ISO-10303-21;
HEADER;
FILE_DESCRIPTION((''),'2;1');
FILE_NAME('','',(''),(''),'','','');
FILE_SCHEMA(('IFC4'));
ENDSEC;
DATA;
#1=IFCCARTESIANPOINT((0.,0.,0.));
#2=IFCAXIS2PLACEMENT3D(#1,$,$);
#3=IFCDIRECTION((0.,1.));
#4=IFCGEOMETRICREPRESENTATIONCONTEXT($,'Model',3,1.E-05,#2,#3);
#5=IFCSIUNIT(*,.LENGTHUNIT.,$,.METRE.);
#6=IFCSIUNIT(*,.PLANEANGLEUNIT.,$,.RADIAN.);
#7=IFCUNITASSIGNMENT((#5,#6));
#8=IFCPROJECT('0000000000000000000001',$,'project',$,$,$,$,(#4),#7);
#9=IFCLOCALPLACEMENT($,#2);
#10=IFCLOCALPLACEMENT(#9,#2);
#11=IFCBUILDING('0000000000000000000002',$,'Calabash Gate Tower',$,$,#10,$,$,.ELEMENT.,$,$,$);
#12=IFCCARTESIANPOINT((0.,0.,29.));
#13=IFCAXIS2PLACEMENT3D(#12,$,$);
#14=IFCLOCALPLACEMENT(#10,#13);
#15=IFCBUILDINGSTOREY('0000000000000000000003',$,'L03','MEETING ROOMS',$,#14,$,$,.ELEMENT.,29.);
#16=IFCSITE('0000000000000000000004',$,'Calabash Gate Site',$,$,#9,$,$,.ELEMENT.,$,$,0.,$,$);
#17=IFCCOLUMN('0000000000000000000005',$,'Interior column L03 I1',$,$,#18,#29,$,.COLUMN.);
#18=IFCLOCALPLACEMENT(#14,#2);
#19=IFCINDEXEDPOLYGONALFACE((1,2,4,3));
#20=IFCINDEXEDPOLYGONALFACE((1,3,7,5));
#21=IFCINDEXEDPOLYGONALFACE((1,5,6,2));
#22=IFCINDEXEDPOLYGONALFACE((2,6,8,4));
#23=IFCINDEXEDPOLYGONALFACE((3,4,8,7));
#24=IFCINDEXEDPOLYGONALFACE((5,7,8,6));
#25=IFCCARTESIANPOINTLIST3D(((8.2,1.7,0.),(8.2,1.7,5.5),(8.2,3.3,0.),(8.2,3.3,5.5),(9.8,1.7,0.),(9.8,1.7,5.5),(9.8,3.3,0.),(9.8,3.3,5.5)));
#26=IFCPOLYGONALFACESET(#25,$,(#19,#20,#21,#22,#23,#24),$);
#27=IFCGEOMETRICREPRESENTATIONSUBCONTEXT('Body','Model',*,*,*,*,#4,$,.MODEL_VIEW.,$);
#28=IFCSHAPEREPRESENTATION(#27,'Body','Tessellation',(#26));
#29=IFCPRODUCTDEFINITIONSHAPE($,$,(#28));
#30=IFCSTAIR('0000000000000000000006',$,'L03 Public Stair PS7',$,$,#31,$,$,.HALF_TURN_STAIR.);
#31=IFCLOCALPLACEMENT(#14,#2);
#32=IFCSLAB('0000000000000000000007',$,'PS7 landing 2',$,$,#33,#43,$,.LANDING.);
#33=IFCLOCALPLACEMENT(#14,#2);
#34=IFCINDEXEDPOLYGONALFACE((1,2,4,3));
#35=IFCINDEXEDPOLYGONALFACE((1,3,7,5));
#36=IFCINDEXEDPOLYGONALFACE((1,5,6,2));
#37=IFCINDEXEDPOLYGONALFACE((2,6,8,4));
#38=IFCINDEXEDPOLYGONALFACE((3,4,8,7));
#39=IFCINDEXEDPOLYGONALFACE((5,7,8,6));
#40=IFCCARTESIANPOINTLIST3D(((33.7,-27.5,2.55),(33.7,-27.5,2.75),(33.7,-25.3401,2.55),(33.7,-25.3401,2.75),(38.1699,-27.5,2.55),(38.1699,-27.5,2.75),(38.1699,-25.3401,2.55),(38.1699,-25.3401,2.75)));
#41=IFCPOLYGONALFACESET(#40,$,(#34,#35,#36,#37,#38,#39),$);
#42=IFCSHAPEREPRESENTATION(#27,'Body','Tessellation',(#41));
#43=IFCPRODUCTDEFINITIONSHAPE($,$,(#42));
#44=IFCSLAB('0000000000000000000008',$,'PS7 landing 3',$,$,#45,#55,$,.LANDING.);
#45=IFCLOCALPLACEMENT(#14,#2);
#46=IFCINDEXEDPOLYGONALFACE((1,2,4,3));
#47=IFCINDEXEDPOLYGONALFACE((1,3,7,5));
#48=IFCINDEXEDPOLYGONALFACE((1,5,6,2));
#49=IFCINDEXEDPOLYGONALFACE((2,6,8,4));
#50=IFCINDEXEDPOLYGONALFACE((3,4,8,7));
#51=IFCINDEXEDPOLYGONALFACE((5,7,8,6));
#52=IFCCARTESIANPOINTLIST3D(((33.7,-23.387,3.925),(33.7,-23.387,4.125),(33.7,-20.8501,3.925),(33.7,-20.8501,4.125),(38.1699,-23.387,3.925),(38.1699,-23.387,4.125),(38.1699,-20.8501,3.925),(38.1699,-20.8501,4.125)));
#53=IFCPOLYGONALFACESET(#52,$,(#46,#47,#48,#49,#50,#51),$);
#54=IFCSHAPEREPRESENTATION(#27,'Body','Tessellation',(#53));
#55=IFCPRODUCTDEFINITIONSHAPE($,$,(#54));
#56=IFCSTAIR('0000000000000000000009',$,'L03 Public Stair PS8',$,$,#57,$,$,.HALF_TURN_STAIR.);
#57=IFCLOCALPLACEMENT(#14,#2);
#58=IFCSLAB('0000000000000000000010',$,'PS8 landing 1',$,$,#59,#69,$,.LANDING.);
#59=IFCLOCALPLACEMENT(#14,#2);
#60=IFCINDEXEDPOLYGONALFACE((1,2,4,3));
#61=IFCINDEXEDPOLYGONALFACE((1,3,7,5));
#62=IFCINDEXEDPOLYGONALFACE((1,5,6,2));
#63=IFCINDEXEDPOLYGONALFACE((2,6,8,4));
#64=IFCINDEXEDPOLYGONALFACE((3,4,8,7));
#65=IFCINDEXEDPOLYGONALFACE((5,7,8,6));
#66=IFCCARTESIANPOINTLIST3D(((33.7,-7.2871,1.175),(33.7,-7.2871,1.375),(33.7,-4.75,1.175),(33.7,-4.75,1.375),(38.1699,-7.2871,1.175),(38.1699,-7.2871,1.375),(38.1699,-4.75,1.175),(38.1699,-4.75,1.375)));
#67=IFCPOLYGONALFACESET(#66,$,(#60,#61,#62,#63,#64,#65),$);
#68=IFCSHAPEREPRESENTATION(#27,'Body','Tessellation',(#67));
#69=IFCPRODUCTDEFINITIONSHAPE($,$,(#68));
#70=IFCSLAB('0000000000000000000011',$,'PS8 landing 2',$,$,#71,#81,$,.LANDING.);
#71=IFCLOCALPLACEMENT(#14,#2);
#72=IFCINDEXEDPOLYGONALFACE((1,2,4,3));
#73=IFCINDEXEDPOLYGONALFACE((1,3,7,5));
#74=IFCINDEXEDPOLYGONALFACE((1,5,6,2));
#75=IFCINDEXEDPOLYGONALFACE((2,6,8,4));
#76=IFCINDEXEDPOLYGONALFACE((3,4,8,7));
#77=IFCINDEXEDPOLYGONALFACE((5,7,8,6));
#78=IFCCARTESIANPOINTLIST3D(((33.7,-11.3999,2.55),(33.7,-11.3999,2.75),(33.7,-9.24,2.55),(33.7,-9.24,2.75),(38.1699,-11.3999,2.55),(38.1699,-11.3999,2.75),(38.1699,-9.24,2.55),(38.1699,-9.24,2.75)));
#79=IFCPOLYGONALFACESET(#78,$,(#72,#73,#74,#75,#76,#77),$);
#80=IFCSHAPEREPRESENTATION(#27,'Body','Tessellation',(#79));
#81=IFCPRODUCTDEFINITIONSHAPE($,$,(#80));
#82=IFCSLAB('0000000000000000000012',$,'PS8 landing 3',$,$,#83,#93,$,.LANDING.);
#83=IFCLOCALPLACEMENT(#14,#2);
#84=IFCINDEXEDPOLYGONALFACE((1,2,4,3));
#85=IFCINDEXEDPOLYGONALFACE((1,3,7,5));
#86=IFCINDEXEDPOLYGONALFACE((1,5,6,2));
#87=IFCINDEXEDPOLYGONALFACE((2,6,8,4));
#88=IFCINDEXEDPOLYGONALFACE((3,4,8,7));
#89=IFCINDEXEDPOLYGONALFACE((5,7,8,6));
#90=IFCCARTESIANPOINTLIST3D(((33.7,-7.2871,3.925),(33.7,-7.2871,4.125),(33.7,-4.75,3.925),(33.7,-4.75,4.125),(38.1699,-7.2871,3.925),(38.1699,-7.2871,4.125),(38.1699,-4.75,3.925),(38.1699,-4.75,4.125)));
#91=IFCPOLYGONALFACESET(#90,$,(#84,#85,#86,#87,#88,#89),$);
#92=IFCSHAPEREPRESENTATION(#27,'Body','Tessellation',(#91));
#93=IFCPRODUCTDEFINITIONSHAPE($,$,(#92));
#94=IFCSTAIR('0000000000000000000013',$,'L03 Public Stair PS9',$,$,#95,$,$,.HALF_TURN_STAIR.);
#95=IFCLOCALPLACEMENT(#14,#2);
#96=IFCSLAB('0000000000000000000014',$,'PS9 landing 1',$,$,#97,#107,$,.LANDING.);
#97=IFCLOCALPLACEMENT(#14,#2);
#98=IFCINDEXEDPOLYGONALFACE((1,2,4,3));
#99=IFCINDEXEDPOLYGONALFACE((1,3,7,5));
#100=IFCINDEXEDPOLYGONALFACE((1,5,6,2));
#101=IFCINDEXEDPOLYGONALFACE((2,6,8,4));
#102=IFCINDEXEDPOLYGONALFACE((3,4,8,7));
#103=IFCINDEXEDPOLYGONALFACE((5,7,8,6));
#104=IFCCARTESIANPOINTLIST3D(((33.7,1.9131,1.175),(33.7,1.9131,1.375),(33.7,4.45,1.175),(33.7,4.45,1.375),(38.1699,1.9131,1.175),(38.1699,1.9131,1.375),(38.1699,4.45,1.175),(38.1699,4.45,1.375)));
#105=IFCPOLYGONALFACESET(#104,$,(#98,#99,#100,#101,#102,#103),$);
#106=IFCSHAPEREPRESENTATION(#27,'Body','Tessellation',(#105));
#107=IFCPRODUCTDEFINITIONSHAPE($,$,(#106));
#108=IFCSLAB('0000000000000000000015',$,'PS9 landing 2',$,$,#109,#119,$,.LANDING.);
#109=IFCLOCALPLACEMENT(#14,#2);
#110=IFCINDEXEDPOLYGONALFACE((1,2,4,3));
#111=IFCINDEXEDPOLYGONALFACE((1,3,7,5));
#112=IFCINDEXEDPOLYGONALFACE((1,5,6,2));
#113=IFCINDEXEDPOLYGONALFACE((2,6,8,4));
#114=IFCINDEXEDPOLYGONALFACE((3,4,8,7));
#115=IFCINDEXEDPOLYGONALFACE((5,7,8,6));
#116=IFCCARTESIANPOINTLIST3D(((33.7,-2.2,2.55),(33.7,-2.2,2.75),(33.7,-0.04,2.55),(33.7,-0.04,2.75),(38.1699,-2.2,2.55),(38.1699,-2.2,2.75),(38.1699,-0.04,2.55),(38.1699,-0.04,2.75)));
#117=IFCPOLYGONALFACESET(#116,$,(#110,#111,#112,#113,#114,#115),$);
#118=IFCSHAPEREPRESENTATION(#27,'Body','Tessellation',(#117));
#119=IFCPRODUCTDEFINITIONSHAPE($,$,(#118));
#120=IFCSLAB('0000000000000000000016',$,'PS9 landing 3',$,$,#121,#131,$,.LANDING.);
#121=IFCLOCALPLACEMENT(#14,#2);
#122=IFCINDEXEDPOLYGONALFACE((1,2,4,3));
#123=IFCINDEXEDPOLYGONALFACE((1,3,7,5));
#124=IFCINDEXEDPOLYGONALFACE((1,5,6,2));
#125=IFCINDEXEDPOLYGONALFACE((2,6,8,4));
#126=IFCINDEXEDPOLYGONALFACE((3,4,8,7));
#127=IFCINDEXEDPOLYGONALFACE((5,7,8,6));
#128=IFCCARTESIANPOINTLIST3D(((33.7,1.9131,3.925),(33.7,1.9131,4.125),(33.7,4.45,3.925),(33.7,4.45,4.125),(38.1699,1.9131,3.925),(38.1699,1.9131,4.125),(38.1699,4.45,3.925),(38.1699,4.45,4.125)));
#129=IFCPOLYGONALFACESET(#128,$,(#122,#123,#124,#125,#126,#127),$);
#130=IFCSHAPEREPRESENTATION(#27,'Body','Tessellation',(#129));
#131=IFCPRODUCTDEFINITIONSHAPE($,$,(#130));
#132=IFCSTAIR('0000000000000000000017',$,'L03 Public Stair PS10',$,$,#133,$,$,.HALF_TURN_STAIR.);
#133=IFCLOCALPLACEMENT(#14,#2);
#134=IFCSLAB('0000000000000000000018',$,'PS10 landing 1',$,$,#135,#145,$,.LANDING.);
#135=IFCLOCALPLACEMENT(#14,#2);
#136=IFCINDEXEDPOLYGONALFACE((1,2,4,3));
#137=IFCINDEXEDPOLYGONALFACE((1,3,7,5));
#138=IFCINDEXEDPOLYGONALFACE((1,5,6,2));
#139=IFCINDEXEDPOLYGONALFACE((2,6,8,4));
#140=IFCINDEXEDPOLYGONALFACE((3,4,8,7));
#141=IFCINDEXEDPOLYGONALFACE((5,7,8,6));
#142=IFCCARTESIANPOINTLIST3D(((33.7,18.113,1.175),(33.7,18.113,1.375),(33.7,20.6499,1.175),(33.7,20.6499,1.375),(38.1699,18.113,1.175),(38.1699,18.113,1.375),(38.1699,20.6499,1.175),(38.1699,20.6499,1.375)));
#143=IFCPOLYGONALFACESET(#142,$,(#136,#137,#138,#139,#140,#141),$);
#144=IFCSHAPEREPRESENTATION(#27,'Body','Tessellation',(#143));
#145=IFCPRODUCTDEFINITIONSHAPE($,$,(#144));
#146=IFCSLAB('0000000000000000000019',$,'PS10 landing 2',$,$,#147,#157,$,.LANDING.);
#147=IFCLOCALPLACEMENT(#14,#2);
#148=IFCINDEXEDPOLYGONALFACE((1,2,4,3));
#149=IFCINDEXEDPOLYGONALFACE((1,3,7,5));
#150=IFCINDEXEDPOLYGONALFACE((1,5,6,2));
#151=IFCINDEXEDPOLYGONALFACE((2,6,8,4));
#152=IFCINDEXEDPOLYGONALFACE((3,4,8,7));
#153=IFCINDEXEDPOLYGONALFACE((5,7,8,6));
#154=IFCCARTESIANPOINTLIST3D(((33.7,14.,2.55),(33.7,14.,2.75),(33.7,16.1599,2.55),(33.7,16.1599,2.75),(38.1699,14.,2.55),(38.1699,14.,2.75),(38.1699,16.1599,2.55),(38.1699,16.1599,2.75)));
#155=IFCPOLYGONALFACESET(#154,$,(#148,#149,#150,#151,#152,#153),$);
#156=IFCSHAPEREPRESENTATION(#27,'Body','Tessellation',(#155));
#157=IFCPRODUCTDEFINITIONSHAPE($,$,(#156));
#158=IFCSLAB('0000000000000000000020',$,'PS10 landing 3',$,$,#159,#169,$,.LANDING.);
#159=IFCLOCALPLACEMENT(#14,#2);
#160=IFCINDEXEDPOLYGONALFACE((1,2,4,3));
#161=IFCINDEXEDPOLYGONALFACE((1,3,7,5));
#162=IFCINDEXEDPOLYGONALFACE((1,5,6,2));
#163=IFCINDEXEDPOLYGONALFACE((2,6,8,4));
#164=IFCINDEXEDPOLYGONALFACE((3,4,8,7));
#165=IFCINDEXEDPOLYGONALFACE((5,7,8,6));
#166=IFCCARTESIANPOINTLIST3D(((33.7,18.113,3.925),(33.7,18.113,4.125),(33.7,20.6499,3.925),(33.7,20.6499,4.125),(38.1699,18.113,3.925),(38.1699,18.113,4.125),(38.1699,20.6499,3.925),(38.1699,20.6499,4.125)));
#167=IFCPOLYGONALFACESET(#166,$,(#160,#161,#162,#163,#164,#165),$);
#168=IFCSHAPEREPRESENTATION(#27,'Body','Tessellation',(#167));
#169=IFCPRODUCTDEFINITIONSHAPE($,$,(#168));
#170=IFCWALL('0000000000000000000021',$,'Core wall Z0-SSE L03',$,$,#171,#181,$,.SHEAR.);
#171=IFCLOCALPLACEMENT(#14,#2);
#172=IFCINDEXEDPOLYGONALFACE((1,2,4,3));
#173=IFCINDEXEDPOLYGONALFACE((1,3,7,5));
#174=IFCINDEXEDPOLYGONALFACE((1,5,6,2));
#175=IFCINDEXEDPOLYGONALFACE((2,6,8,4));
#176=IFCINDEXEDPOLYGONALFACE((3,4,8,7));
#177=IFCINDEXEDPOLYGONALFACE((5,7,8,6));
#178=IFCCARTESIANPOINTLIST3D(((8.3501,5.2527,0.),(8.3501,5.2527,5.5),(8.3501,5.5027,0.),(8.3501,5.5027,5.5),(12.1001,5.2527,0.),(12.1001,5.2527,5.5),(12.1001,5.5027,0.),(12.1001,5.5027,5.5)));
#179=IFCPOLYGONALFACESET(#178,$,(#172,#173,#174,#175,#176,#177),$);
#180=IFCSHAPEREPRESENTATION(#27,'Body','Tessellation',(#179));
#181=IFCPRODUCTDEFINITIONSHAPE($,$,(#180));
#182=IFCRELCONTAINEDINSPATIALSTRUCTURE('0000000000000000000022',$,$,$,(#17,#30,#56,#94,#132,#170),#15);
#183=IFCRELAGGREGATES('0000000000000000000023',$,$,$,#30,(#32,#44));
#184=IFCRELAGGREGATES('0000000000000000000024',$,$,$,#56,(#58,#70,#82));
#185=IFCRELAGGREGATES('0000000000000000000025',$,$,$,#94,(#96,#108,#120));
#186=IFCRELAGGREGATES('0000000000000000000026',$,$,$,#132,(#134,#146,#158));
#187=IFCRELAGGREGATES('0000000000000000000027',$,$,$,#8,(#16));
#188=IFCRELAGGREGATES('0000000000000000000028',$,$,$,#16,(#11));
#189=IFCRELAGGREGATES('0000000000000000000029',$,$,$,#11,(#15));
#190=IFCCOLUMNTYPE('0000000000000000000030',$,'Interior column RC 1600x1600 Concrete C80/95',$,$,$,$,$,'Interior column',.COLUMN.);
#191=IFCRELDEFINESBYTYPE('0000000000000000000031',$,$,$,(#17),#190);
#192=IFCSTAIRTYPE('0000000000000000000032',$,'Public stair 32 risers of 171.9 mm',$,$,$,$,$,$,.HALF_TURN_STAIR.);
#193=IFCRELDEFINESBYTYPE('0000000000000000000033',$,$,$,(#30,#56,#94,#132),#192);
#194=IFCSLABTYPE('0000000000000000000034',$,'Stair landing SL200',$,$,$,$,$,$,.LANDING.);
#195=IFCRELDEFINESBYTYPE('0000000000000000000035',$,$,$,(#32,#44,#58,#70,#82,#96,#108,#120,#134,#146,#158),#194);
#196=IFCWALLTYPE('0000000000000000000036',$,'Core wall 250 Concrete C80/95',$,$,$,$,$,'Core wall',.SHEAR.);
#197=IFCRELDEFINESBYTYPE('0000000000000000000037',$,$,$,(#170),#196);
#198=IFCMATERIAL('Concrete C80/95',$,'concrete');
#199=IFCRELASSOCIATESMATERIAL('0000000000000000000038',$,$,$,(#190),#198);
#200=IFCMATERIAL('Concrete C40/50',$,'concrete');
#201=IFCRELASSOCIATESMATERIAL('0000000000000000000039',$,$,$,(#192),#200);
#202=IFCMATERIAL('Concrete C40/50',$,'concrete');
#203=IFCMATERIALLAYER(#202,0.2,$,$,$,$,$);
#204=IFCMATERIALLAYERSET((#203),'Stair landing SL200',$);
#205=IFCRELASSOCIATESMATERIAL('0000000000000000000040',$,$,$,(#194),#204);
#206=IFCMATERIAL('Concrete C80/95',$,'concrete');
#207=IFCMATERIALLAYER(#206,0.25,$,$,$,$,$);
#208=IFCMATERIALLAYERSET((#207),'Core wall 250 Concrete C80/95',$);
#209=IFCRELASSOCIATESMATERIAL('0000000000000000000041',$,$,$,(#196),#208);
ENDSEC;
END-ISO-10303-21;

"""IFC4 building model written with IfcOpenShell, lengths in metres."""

from ifc_helpers import new_model, si_unit, direction, frame, frame_2d, origin, origin_2d, place, context, subcontext, project, spatial, polyline, rectangle, outline, extrude, material, layer, layer_set, material_profile, profile_set, type_object, element, aggregate, save


model = new_model("IFC4")

# Units and contexts
model_context = context("Model", 3, precision=1e-05, world=origin(), true_north=direction((0.0, 1.0)))
body_context = subcontext(model_context, "Body", "Model", "MODEL_VIEW")
ifc_project = project(units=[si_unit("LENGTHUNIT", "METRE"), si_unit("PLANEANGLEUNIT", "RADIAN")], contexts=[model_context])

# Site, building, storey
site_placement = place(None, origin())
site = spatial("IfcSite", under=ifc_project, at=site_placement, Name="Calabash Gate Site", CompositionType="ELEMENT", RefElevation=0.0)
building_placement = place(site_placement, origin())
building = spatial("IfcBuilding", under=site, at=building_placement, Name="Calabash Gate Tower", CompositionType="ELEMENT")
storey_placement = place(building_placement, frame((0.0, 0.0, 29.0)))
storey = spatial("IfcBuildingStorey", under=building, at=storey_placement, Name="L03", Description="MEETING ROOMS", CompositionType="ELEMENT", Elevation=29.0)

# Column
ifc_material_1 = material(Name="Concrete C80/95", Category="concrete")
ifc_material_profile = material_profile(ifc_material_1, rectangle(XDim=1.6001, YDim=1.6001, at=origin_2d()))
ifc_profile_set = profile_set([ifc_material_profile], Name="Concrete C80/95")
column_type = type_object("IfcColumnType", Name="Interior column RC 1600x1600 Concrete C80/95", ElementType="Interior column", PredefinedType="COLUMN", material=ifc_profile_set)
column_placement = place(storey_placement, frame((9.0, 2.5, 0.0), z_axis=(0.0, 0.0, 1.0), x_axis=(1.0, 0.0, 0.0)))
element("IfcColumn", 1, at=column_placement, inside=storey, type_object=column_type, Name="Interior column L03 I1", PredefinedType="COLUMN", context=body_context, shape_type="SweptSolid", body=[
    extrude(rectangle(XDim=1.6001, YDim=1.6001, at=origin_2d()), origin(), (0.0, 0.0, 1.0), 5.5),
])

# Stairs, slabs
ifc_material_2 = material(Name="Concrete C40/50", Category="concrete")
stair_type = type_object("IfcStairType", Name="Public stair 32 risers of 171.9 mm", PredefinedType="HALF_TURN_STAIR", material=ifc_material_2)
stair_1_placement = place(storey_placement, origin())
stair_1 = element("IfcStair", 2, at=stair_1_placement, inside=storey, type_object=stair_type, Name="L03 Public Stair PS7", PredefinedType="HALF_TURN_STAIR")
ifc_material_3 = material(Name="Concrete C40/50", Category="concrete")
ifc_layer_1 = layer(ifc_material_3, 0.2)
ifc_layer_set_1 = layer_set([ifc_layer_1], Name="Stair landing SL200")
slab_type = type_object("IfcSlabType", Name="Stair landing SL200", PredefinedType="LANDING", material=ifc_layer_set_1)
slab_1_placement = place(storey_placement, frame((0.0, 0.0, 2.55)))
slab_1 = element("IfcSlab", 3, at=slab_1_placement, type_object=slab_type, Name="PS7 landing 2", PredefinedType="LANDING", context=body_context, shape_type="SweptSolid", body=[
    extrude(outline(polyline([(38.1699, -27.5), (38.1699, -25.3401), (33.7, -25.3401), (33.7, -27.5), (38.1699, -27.5)])), origin(), (0.0, 0.0, 1.0), 0.2),
])
slab_2_placement = place(storey_placement, frame((0.0, 0.0, 3.925)))
slab_2 = element("IfcSlab", 4, at=slab_2_placement, type_object=slab_type, Name="PS7 landing 3", PredefinedType="LANDING", context=body_context, shape_type="SweptSolid", body=[
    extrude(outline(polyline([(38.1699, -23.387), (38.1699, -20.8501), (33.7, -20.8501), (33.7, -23.387), (38.1699, -23.387)])), origin(), (0.0, 0.0, 1.0), 0.2),
])
aggregate(stair_1, [slab_1, slab_2])
stair_2_placement = place(storey_placement, origin())
stair_2 = element("IfcStair", 5, at=stair_2_placement, inside=storey, type_object=stair_type, Name="L03 Public Stair PS8", PredefinedType="HALF_TURN_STAIR")
slab_3_placement = place(storey_placement, frame((0.0, 0.0, 1.175)))
slab_3 = element("IfcSlab", 6, at=slab_3_placement, type_object=slab_type, Name="PS8 landing 1", PredefinedType="LANDING", context=body_context, shape_type="SweptSolid", body=[
    extrude(outline(polyline([(38.1699, -7.2871), (38.1699, -4.75), (33.7, -4.75), (33.7, -7.2871), (38.1699, -7.2871)])), origin(), (0.0, 0.0, 1.0), 0.2),
])
slab_4_placement = place(storey_placement, frame((0.0, 0.0, 2.55)))
slab_4 = element("IfcSlab", 7, at=slab_4_placement, type_object=slab_type, Name="PS8 landing 2", PredefinedType="LANDING", context=body_context, shape_type="SweptSolid", body=[
    extrude(outline(polyline([(38.1699, -11.3999), (38.1699, -9.24), (33.7, -9.24), (33.7, -11.3999), (38.1699, -11.3999)])), origin(), (0.0, 0.0, 1.0), 0.2),
])
slab_5_placement = place(storey_placement, frame((0.0, 0.0, 3.925)))
slab_5 = element("IfcSlab", 8, at=slab_5_placement, type_object=slab_type, Name="PS8 landing 3", PredefinedType="LANDING", context=body_context, shape_type="SweptSolid", body=[
    extrude(outline(polyline([(38.1699, -7.2871), (38.1699, -4.75), (33.7, -4.75), (33.7, -7.2871), (38.1699, -7.2871)])), origin(), (0.0, 0.0, 1.0), 0.2),
])
aggregate(stair_2, [slab_3, slab_4, slab_5])
stair_3_placement = place(storey_placement, origin())
stair_3 = element("IfcStair", 9, at=stair_3_placement, inside=storey, type_object=stair_type, Name="L03 Public Stair PS9", PredefinedType="HALF_TURN_STAIR")
slab_6_placement = place(storey_placement, frame((0.0, 0.0, 1.175)))
slab_6 = element("IfcSlab", 10, at=slab_6_placement, type_object=slab_type, Name="PS9 landing 1", PredefinedType="LANDING", context=body_context, shape_type="SweptSolid", body=[
    extrude(outline(polyline([(38.1699, 1.9131), (38.1699, 4.45), (33.7, 4.45), (33.7, 1.9131), (38.1699, 1.9131)])), origin(), (0.0, 0.0, 1.0), 0.2),
])
slab_7_placement = place(storey_placement, frame((0.0, 0.0, 2.55)))
slab_7 = element("IfcSlab", 11, at=slab_7_placement, type_object=slab_type, Name="PS9 landing 2", PredefinedType="LANDING", context=body_context, shape_type="SweptSolid", body=[
    extrude(outline(polyline([(38.1699, -2.2), (38.1699, -0.04), (33.7, -0.04), (33.7, -2.2), (38.1699, -2.2)])), origin(), (0.0, 0.0, 1.0), 0.2),
])
slab_8_placement = place(storey_placement, frame((0.0, 0.0, 3.925)))
slab_8 = element("IfcSlab", 12, at=slab_8_placement, type_object=slab_type, Name="PS9 landing 3", PredefinedType="LANDING", context=body_context, shape_type="SweptSolid", body=[
    extrude(outline(polyline([(38.1699, 1.9131), (38.1699, 4.45), (33.7, 4.45), (33.7, 1.9131), (38.1699, 1.9131)])), origin(), (0.0, 0.0, 1.0), 0.2),
])
aggregate(stair_3, [slab_6, slab_7, slab_8])
stair_4_placement = place(storey_placement, origin())
stair_4 = element("IfcStair", 13, at=stair_4_placement, inside=storey, type_object=stair_type, Name="L03 Public Stair PS10", PredefinedType="HALF_TURN_STAIR")
slab_9_placement = place(storey_placement, frame((0.0, 0.0, 1.175)))
slab_9 = element("IfcSlab", 14, at=slab_9_placement, type_object=slab_type, Name="PS10 landing 1", PredefinedType="LANDING", context=body_context, shape_type="SweptSolid", body=[
    extrude(outline(polyline([(38.1699, 18.113), (38.1699, 20.6499), (33.7, 20.6499), (33.7, 18.113), (38.1699, 18.113)])), origin(), (0.0, 0.0, 1.0), 0.2),
])
slab_10_placement = place(storey_placement, frame((0.0, 0.0, 2.55)))
slab_10 = element("IfcSlab", 15, at=slab_10_placement, type_object=slab_type, Name="PS10 landing 2", PredefinedType="LANDING", context=body_context, shape_type="SweptSolid", body=[
    extrude(outline(polyline([(38.1699, 14.0), (38.1699, 16.1599), (33.7, 16.1599), (33.7, 14.0), (38.1699, 14.0)])), origin(), (0.0, 0.0, 1.0), 0.2),
])
slab_11_placement = place(storey_placement, frame((0.0, 0.0, 3.925)))
slab_11 = element("IfcSlab", 16, at=slab_11_placement, type_object=slab_type, Name="PS10 landing 3", PredefinedType="LANDING", context=body_context, shape_type="SweptSolid", body=[
    extrude(outline(polyline([(38.1699, 18.113), (38.1699, 20.6499), (33.7, 20.6499), (33.7, 18.113), (38.1699, 18.113)])), origin(), (0.0, 0.0, 1.0), 0.2),
])
aggregate(stair_4, [slab_9, slab_10, slab_11])

# Wall
ifc_material_4 = material(Name="Concrete C80/95", Category="concrete")
ifc_layer_2 = layer(ifc_material_4, 0.25)
ifc_layer_set_2 = layer_set([ifc_layer_2], Name="Core wall 250 Concrete C80/95")
wall_type_1 = type_object("IfcWallType", Name="Core wall 250 Concrete C80/95", ElementType="Core wall", PredefinedType="SHEAR", material=ifc_layer_set_2)
wall_1_placement = place(storey_placement, frame((8.3501, 5.3777, 0.0), z_axis=(0.0, 0.0, 1.0), x_axis=(1.0, 0.0, 0.0)))
element("IfcWall", 17, at=wall_1_placement, inside=storey, type_object=wall_type_1, Name="Core wall Z0-SSE L03", PredefinedType="SHEAR", context=body_context, shape_type="SweptSolid", body=[
    extrude(rectangle(XDim=3.75, YDim=0.25, at=frame_2d((1.875, 0.0))), origin(), (0.0, 0.0, 1.0), 5.5),
])

save(model, "model.ifc")
